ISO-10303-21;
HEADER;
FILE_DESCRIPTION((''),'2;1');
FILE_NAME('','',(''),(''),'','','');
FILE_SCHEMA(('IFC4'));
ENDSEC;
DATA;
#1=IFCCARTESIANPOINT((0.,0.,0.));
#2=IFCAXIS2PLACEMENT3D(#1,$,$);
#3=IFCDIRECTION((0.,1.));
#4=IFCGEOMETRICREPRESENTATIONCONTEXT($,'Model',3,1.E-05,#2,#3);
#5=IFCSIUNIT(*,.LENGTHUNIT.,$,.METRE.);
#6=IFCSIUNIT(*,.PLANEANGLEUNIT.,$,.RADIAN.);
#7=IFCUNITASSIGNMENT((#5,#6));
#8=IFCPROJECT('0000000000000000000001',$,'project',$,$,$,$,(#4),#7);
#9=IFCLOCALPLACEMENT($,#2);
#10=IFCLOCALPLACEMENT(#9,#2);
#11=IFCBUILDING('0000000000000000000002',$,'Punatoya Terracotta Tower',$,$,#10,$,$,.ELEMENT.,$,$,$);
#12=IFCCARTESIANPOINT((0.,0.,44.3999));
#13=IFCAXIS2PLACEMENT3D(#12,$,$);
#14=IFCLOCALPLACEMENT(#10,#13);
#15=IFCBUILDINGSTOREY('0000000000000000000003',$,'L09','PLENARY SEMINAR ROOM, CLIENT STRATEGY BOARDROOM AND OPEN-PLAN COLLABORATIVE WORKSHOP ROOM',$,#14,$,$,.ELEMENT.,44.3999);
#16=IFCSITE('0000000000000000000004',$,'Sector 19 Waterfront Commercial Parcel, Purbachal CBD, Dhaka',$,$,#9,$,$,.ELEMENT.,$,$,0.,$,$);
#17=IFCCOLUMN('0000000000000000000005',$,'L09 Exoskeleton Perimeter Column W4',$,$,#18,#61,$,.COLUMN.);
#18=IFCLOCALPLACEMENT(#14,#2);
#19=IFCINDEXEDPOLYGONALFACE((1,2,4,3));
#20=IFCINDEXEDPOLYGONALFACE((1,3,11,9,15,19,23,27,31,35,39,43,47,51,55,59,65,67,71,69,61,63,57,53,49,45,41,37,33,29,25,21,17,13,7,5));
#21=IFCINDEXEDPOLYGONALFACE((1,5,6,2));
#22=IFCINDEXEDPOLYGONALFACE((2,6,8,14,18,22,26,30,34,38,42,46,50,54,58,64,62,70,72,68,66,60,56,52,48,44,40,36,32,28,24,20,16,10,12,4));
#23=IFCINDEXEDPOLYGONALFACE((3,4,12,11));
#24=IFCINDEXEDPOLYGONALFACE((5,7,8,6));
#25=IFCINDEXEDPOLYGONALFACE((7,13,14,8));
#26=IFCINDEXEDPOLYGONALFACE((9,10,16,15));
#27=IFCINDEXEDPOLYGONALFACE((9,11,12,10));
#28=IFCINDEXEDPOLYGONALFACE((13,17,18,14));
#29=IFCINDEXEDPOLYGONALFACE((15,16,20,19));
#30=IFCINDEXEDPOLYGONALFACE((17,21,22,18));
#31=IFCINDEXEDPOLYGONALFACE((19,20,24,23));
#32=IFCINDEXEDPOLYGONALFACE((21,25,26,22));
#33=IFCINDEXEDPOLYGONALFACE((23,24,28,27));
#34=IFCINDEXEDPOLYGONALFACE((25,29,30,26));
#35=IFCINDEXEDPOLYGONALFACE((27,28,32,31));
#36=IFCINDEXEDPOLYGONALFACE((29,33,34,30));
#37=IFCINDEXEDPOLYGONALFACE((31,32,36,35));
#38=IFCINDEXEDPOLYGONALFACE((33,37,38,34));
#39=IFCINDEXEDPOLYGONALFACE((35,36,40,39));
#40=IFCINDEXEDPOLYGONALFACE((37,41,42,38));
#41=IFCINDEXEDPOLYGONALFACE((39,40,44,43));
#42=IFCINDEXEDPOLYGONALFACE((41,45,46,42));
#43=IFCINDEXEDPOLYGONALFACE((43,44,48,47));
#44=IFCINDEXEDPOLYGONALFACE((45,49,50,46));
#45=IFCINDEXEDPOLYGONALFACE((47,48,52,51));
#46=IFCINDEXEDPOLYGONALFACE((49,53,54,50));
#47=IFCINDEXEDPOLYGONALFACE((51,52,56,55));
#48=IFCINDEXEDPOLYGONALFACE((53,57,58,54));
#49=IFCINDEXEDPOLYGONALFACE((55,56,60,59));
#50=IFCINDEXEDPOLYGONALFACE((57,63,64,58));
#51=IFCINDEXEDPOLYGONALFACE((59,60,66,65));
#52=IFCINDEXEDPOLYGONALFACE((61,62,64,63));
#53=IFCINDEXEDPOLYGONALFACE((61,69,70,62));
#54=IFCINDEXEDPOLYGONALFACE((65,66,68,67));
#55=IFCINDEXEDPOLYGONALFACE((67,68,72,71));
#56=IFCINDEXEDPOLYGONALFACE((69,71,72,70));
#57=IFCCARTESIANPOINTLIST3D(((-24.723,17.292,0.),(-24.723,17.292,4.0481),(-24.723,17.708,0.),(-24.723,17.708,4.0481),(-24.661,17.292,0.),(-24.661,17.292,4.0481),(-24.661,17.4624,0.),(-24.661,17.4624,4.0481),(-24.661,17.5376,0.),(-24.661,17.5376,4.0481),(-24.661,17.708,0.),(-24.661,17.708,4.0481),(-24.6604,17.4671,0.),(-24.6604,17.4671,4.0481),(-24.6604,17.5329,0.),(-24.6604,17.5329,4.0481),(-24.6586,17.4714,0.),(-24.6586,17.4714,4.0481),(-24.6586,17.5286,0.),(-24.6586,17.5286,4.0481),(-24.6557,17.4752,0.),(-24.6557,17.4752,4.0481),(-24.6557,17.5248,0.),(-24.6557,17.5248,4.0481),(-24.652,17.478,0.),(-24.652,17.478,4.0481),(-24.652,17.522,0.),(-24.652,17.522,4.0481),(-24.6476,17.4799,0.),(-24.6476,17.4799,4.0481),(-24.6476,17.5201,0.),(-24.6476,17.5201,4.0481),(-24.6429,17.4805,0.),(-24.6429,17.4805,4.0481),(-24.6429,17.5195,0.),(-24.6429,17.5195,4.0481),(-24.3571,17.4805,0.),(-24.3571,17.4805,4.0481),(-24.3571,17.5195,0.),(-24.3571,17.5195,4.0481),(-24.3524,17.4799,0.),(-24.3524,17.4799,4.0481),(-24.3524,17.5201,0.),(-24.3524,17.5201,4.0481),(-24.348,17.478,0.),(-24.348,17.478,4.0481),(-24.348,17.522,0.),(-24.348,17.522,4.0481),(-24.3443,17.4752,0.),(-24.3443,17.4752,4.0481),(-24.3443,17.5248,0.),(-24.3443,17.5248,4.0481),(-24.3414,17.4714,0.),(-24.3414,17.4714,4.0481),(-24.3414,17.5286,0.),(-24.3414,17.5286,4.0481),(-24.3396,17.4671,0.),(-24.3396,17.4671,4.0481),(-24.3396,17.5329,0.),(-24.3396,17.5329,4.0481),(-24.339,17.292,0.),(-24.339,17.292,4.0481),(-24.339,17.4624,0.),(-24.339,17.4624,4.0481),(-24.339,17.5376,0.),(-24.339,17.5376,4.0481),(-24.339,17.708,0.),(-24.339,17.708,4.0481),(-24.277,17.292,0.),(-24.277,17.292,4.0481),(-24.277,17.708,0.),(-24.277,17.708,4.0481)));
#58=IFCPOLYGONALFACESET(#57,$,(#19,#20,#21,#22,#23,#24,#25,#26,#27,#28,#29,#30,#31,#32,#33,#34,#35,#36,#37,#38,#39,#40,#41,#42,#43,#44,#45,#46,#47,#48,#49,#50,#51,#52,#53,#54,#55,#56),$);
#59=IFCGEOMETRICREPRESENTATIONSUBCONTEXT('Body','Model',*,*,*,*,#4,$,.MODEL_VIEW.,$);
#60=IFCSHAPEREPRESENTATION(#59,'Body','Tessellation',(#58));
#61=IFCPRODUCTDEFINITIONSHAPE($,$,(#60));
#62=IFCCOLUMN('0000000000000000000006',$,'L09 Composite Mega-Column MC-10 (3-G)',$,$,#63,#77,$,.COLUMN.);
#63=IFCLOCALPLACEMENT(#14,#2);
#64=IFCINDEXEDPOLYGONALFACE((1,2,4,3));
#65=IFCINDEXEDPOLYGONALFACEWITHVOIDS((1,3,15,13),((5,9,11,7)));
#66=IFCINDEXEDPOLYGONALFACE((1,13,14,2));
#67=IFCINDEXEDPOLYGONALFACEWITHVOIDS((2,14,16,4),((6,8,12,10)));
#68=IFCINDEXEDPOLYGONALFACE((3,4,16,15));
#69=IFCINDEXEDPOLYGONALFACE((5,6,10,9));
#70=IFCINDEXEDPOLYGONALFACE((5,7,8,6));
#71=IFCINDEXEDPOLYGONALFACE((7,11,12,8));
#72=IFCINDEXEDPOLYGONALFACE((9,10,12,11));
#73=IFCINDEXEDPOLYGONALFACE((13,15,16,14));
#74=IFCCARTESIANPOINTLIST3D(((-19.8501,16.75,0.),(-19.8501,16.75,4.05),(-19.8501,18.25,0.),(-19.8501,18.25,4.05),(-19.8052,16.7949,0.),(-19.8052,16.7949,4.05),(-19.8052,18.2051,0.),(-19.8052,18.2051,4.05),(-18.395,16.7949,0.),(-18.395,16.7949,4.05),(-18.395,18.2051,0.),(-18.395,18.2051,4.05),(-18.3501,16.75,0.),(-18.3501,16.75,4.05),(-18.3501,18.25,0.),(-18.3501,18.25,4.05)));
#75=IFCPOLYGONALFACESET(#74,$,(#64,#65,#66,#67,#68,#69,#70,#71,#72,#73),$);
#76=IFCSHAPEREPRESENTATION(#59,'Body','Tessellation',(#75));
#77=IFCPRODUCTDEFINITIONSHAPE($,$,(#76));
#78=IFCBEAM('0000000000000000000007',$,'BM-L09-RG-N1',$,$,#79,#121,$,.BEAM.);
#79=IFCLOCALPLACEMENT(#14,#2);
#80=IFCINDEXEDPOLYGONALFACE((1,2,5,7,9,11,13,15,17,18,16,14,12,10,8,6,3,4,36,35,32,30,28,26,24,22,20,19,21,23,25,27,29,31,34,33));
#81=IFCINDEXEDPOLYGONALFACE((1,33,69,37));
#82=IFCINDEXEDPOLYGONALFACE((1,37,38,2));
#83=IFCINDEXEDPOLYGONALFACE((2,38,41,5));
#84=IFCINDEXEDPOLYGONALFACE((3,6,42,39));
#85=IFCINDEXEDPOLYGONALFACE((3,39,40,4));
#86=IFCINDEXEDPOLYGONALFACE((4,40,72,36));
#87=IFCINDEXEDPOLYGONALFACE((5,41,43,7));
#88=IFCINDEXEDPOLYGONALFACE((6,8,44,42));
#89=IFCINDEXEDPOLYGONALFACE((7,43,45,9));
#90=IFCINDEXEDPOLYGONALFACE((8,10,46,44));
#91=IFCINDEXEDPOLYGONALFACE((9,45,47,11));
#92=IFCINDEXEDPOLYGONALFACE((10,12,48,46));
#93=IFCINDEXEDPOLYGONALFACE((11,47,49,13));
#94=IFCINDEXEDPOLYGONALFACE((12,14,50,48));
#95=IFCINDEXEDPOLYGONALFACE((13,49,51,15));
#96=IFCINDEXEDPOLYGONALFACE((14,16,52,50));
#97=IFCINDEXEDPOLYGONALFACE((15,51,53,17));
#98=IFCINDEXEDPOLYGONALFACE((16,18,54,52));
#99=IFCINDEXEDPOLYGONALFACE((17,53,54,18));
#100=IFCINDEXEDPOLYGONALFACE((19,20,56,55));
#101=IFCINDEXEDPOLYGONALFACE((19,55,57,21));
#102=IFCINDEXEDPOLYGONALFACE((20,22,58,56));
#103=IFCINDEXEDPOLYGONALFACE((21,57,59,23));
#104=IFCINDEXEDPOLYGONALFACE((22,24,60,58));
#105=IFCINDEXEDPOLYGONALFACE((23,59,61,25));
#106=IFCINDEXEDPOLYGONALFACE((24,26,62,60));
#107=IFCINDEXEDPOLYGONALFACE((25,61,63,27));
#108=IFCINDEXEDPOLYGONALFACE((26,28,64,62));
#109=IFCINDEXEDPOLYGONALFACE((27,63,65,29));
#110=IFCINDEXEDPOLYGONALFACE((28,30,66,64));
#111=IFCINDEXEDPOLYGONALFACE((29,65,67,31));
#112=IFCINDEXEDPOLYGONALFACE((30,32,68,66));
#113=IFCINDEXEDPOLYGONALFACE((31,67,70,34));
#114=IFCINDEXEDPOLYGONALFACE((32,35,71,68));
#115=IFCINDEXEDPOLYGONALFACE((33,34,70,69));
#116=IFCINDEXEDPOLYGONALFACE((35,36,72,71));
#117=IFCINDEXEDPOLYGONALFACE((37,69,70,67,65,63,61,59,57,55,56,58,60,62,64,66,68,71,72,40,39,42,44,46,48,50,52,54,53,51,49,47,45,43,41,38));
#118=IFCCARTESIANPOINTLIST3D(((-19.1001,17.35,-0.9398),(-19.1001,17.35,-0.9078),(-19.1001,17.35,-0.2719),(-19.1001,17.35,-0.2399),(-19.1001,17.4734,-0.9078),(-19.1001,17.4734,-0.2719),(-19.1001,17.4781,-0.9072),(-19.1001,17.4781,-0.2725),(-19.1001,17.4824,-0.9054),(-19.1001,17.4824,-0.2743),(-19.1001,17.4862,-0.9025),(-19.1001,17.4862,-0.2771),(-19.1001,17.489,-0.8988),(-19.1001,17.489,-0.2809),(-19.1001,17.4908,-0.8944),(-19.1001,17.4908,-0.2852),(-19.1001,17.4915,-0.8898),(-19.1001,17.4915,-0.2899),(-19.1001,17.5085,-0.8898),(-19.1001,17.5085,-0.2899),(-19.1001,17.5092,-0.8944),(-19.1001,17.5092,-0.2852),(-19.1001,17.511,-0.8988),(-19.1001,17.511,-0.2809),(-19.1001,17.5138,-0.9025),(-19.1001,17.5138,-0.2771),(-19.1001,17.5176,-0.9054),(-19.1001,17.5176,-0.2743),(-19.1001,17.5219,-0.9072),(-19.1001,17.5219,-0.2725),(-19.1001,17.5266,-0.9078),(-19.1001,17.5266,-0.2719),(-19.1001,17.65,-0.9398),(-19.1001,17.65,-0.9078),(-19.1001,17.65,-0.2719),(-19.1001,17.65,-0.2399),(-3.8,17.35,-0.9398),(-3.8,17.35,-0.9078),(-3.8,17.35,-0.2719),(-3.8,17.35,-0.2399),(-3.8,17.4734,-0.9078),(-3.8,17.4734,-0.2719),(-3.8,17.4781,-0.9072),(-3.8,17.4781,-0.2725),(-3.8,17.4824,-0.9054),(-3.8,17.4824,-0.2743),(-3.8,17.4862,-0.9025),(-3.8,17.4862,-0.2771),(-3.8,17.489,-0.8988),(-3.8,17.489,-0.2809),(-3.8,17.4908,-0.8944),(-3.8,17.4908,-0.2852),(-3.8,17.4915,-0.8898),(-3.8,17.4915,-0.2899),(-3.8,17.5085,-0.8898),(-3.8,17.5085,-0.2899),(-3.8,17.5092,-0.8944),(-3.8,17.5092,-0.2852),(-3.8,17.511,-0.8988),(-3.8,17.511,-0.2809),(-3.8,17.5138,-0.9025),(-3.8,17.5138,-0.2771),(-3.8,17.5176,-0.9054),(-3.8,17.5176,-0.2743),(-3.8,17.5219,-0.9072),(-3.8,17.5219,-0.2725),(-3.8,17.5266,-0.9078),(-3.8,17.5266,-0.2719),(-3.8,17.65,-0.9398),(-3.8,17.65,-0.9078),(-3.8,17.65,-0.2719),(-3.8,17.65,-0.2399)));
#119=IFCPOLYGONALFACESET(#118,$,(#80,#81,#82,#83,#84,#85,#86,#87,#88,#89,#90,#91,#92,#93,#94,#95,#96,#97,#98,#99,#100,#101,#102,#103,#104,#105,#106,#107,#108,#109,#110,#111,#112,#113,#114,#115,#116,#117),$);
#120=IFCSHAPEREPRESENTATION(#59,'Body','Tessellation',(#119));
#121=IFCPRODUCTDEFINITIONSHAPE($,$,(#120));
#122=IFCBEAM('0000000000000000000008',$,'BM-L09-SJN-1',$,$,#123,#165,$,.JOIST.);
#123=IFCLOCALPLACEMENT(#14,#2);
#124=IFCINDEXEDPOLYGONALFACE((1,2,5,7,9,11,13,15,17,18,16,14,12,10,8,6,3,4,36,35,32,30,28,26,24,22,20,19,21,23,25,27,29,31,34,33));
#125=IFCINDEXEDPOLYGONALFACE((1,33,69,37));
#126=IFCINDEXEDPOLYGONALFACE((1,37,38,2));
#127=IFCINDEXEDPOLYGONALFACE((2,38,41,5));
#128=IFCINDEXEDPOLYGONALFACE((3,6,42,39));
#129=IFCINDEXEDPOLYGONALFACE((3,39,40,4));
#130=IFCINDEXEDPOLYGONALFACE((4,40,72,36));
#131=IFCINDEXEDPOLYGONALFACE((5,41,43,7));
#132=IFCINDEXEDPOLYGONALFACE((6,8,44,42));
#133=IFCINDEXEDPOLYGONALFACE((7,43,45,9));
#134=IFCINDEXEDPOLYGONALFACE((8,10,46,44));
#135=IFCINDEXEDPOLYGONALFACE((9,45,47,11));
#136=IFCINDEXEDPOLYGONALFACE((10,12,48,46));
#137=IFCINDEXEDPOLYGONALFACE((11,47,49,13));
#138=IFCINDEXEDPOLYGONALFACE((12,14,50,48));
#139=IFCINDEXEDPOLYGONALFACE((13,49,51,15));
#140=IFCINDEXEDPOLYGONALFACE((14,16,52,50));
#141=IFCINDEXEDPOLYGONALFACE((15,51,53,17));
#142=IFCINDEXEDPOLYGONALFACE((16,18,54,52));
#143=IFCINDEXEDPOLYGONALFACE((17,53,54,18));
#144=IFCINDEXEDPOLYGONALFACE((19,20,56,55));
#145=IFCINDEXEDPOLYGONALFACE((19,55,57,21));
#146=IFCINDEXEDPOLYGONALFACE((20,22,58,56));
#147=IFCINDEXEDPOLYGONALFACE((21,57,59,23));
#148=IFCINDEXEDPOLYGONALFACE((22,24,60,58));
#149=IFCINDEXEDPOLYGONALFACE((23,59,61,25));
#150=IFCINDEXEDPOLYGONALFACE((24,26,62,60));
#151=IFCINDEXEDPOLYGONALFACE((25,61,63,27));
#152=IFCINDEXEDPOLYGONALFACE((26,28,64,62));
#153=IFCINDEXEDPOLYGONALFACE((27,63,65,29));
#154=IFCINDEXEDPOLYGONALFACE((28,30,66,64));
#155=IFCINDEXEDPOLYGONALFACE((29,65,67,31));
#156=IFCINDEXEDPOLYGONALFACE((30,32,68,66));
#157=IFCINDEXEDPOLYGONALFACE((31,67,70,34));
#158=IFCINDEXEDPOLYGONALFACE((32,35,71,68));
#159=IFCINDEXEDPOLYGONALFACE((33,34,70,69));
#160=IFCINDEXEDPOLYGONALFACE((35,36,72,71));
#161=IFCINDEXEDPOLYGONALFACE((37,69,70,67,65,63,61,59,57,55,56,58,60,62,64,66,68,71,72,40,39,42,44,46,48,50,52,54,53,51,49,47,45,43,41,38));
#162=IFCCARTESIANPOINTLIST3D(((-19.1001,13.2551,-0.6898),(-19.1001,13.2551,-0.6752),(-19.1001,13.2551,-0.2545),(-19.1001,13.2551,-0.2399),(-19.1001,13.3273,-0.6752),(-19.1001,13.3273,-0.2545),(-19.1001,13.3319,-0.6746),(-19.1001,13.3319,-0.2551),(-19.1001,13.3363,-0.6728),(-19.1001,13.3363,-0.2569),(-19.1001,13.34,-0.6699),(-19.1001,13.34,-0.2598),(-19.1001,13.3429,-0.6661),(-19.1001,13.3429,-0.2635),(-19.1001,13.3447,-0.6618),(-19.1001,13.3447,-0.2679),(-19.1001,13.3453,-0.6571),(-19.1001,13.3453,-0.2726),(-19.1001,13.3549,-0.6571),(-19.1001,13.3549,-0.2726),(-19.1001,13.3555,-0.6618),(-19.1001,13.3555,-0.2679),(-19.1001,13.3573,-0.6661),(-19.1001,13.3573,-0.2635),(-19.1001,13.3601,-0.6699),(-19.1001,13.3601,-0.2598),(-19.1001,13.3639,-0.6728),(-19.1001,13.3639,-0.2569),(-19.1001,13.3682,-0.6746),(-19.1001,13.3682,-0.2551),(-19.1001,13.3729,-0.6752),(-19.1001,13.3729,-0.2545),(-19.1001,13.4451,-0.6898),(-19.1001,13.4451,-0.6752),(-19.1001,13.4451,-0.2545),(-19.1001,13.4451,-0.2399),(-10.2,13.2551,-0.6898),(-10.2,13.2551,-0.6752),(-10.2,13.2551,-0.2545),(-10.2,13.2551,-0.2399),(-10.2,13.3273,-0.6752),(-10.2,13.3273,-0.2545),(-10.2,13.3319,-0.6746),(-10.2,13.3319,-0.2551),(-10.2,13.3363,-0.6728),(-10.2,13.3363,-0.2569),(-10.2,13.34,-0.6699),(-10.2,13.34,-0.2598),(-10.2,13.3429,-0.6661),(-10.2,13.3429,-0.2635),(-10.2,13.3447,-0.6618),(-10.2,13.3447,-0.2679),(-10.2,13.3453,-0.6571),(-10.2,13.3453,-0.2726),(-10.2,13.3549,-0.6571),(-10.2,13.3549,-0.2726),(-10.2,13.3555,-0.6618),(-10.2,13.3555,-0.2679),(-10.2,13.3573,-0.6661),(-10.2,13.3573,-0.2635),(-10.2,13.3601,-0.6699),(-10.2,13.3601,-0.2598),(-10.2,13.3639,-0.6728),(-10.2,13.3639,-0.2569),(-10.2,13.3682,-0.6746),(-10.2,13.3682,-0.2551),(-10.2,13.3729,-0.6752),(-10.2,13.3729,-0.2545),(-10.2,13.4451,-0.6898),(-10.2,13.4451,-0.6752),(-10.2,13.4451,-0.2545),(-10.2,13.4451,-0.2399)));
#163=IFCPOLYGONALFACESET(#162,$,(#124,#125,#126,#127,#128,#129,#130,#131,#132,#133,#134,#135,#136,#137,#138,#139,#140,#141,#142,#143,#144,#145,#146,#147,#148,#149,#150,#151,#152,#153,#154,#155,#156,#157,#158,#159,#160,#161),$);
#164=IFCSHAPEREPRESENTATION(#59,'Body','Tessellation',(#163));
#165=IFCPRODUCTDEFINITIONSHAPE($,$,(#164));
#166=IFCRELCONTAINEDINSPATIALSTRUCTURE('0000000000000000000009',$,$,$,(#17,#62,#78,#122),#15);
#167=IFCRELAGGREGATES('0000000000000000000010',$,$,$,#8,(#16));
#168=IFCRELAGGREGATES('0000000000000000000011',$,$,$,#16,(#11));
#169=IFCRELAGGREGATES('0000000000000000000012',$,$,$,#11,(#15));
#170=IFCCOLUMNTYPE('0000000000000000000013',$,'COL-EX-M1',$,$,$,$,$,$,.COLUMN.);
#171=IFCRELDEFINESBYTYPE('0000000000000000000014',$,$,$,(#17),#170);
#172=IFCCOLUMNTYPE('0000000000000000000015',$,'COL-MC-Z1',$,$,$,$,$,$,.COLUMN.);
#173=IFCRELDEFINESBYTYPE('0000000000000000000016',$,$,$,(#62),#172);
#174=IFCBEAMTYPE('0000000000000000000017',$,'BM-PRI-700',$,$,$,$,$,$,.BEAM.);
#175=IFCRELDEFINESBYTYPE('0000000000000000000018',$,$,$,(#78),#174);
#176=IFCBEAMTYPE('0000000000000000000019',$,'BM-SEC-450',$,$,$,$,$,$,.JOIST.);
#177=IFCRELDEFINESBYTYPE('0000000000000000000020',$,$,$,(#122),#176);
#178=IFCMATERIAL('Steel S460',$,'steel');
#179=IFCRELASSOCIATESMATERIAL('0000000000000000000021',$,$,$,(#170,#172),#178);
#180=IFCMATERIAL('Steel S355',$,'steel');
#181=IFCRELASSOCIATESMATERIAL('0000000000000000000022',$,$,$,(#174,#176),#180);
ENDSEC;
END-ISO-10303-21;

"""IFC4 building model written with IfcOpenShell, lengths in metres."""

from ifc_helpers import new_model, si_unit, direction, frame, origin, origin_2d, place, context, subcontext, project, spatial, hollow_rectangle, i_section, extrude, material, material_profile, profile_set, type_object, element, save


model = new_model("IFC4")

# Units and contexts
model_context = context("Model", 3, precision=1e-05, world=origin(), true_north=direction((0.0, 1.0)))
body_context = subcontext(model_context, "Body", "Model", "MODEL_VIEW")
ifc_project = project(units=[si_unit("LENGTHUNIT", "METRE"), si_unit("PLANEANGLEUNIT", "RADIAN")], contexts=[model_context])

# Site, building, storey
site_placement = place(None, origin())
site = spatial("IfcSite", under=ifc_project, at=site_placement, Name="Sector 19 Waterfront Commercial Parcel, Purbachal CBD, Dhaka", CompositionType="ELEMENT", RefElevation=0.0)
building_placement = place(site_placement, origin())
building = spatial("IfcBuilding", under=site, at=building_placement, Name="Punatoya Terracotta Tower", CompositionType="ELEMENT")
storey_placement = place(building_placement, frame((0.0, 0.0, 44.3999)))
storey = spatial("IfcBuildingStorey", under=building, at=storey_placement, Name="L09", Description="PLENARY SEMINAR ROOM, CLIENT STRATEGY BOARDROOM AND OPEN-PLAN COLLABORATIVE WORKSHOP ROOM", CompositionType="ELEMENT", Elevation=44.3999)

# Columns
ifc_material_1 = material(Name="Steel S460", Category="steel")
ifc_material_profile_1 = material_profile(ifc_material_1, i_section(OverallWidth=0.416, OverallDepth=0.446, WebThickness=0.0391, FlangeThickness=0.062, FilletRadius=0.0181, at=origin_2d()))
ifc_profile_set_1 = profile_set([ifc_material_profile_1], Name="Steel S460")
column_type_1 = type_object("IfcColumnType", Name="COL-EX-M1", PredefinedType="COLUMN", material=ifc_profile_set_1)
column_1_placement = place(storey_placement, frame((-24.5, 17.5, 0.0), z_axis=(0.0, 0.0, 1.0), x_axis=(0.0, 1.0, 0.0)))
element("IfcColumn", 1, at=column_1_placement, inside=storey, type_object=column_type_1, Name="L09 Exoskeleton Perimeter Column W4", PredefinedType="COLUMN", context=body_context, shape_type="SweptSolid", body=[
    extrude(i_section(OverallWidth=0.416, OverallDepth=0.446, WebThickness=0.0391, FlangeThickness=0.062, FilletRadius=0.0181, at=origin_2d()), origin(), (0.0, 0.0, 1.0), 4.0481),
])
ifc_material_profile_2 = material_profile(ifc_material_1, hollow_rectangle(XDim=1.5, YDim=1.5, WallThickness=0.0449, at=origin_2d()))
ifc_profile_set_2 = profile_set([ifc_material_profile_2], Name="Steel S460")
column_type_2 = type_object("IfcColumnType", Name="COL-MC-Z1", PredefinedType="COLUMN", material=ifc_profile_set_2)
column_2_placement = place(storey_placement, frame((-19.1001, 17.5, 0.0), z_axis=(0.0, 0.0, 1.0), x_axis=(1.0, 0.0, 0.0)))
element("IfcColumn", 2, at=column_2_placement, inside=storey, type_object=column_type_2, Name="L09 Composite Mega-Column MC-10 (3-G)", PredefinedType="COLUMN", context=body_context, shape_type="SweptSolid", body=[
    extrude(hollow_rectangle(XDim=1.5, YDim=1.5, WallThickness=0.0449, at=origin_2d()), origin(), (0.0, 0.0, 1.0), 4.05),
])

# Beams
ifc_material_2 = material(Name="Steel S355", Category="steel")
ifc_material_profile_3 = material_profile(ifc_material_2, i_section(OverallWidth=0.3, OverallDepth=0.7, WebThickness=0.0171, FlangeThickness=0.032, FilletRadius=0.0181, at=origin_2d()))
ifc_profile_set_3 = profile_set([ifc_material_profile_3], Name="Steel S355")
beam_type_1 = type_object("IfcBeamType", Name="BM-PRI-700", PredefinedType="BEAM", material=ifc_profile_set_3)
beam_1_placement = place(storey_placement, frame((-19.1001, 17.5, -0.5898), z_axis=(1.0, 0.0, 0.0), x_axis=(0.0, 1.0, 0.0)))
element("IfcBeam", 3, at=beam_1_placement, inside=storey, type_object=beam_type_1, Name="BM-L09-RG-N1", PredefinedType="BEAM", context=body_context, shape_type="SweptSolid", body=[
    extrude(i_section(OverallWidth=0.3, OverallDepth=0.7, WebThickness=0.0171, FlangeThickness=0.032, FilletRadius=0.0181, at=origin_2d()), origin(), (0.0, 0.0, 1.0), 15.3),
])
ifc_material_profile_4 = material_profile(ifc_material_2, i_section(OverallWidth=0.1899, OverallDepth=0.45, WebThickness=0.0095, FlangeThickness=0.0146, FilletRadius=0.0181, at=origin_2d()))
ifc_profile_set_4 = profile_set([ifc_material_profile_4], Name="Steel S355")
beam_type_2 = type_object("IfcBeamType", Name="BM-SEC-450", PredefinedType="JOIST", material=ifc_profile_set_4)
beam_2_placement = place(storey_placement, frame((-19.1001, 13.3501, -0.4648), z_axis=(1.0, 0.0, 0.0), x_axis=(0.0, 1.0, 0.0)))
element("IfcBeam", 4, at=beam_2_placement, inside=storey, type_object=beam_type_2, Name="BM-L09-SJN-1", PredefinedType="JOIST", context=body_context, shape_type="SweptSolid", body=[
    extrude(i_section(OverallWidth=0.1899, OverallDepth=0.45, WebThickness=0.0095, FlangeThickness=0.0146, FilletRadius=0.0181, at=origin_2d()), origin(), (0.0, 0.0, 1.0), 8.9001),
])

save(model, "model.ifc")
